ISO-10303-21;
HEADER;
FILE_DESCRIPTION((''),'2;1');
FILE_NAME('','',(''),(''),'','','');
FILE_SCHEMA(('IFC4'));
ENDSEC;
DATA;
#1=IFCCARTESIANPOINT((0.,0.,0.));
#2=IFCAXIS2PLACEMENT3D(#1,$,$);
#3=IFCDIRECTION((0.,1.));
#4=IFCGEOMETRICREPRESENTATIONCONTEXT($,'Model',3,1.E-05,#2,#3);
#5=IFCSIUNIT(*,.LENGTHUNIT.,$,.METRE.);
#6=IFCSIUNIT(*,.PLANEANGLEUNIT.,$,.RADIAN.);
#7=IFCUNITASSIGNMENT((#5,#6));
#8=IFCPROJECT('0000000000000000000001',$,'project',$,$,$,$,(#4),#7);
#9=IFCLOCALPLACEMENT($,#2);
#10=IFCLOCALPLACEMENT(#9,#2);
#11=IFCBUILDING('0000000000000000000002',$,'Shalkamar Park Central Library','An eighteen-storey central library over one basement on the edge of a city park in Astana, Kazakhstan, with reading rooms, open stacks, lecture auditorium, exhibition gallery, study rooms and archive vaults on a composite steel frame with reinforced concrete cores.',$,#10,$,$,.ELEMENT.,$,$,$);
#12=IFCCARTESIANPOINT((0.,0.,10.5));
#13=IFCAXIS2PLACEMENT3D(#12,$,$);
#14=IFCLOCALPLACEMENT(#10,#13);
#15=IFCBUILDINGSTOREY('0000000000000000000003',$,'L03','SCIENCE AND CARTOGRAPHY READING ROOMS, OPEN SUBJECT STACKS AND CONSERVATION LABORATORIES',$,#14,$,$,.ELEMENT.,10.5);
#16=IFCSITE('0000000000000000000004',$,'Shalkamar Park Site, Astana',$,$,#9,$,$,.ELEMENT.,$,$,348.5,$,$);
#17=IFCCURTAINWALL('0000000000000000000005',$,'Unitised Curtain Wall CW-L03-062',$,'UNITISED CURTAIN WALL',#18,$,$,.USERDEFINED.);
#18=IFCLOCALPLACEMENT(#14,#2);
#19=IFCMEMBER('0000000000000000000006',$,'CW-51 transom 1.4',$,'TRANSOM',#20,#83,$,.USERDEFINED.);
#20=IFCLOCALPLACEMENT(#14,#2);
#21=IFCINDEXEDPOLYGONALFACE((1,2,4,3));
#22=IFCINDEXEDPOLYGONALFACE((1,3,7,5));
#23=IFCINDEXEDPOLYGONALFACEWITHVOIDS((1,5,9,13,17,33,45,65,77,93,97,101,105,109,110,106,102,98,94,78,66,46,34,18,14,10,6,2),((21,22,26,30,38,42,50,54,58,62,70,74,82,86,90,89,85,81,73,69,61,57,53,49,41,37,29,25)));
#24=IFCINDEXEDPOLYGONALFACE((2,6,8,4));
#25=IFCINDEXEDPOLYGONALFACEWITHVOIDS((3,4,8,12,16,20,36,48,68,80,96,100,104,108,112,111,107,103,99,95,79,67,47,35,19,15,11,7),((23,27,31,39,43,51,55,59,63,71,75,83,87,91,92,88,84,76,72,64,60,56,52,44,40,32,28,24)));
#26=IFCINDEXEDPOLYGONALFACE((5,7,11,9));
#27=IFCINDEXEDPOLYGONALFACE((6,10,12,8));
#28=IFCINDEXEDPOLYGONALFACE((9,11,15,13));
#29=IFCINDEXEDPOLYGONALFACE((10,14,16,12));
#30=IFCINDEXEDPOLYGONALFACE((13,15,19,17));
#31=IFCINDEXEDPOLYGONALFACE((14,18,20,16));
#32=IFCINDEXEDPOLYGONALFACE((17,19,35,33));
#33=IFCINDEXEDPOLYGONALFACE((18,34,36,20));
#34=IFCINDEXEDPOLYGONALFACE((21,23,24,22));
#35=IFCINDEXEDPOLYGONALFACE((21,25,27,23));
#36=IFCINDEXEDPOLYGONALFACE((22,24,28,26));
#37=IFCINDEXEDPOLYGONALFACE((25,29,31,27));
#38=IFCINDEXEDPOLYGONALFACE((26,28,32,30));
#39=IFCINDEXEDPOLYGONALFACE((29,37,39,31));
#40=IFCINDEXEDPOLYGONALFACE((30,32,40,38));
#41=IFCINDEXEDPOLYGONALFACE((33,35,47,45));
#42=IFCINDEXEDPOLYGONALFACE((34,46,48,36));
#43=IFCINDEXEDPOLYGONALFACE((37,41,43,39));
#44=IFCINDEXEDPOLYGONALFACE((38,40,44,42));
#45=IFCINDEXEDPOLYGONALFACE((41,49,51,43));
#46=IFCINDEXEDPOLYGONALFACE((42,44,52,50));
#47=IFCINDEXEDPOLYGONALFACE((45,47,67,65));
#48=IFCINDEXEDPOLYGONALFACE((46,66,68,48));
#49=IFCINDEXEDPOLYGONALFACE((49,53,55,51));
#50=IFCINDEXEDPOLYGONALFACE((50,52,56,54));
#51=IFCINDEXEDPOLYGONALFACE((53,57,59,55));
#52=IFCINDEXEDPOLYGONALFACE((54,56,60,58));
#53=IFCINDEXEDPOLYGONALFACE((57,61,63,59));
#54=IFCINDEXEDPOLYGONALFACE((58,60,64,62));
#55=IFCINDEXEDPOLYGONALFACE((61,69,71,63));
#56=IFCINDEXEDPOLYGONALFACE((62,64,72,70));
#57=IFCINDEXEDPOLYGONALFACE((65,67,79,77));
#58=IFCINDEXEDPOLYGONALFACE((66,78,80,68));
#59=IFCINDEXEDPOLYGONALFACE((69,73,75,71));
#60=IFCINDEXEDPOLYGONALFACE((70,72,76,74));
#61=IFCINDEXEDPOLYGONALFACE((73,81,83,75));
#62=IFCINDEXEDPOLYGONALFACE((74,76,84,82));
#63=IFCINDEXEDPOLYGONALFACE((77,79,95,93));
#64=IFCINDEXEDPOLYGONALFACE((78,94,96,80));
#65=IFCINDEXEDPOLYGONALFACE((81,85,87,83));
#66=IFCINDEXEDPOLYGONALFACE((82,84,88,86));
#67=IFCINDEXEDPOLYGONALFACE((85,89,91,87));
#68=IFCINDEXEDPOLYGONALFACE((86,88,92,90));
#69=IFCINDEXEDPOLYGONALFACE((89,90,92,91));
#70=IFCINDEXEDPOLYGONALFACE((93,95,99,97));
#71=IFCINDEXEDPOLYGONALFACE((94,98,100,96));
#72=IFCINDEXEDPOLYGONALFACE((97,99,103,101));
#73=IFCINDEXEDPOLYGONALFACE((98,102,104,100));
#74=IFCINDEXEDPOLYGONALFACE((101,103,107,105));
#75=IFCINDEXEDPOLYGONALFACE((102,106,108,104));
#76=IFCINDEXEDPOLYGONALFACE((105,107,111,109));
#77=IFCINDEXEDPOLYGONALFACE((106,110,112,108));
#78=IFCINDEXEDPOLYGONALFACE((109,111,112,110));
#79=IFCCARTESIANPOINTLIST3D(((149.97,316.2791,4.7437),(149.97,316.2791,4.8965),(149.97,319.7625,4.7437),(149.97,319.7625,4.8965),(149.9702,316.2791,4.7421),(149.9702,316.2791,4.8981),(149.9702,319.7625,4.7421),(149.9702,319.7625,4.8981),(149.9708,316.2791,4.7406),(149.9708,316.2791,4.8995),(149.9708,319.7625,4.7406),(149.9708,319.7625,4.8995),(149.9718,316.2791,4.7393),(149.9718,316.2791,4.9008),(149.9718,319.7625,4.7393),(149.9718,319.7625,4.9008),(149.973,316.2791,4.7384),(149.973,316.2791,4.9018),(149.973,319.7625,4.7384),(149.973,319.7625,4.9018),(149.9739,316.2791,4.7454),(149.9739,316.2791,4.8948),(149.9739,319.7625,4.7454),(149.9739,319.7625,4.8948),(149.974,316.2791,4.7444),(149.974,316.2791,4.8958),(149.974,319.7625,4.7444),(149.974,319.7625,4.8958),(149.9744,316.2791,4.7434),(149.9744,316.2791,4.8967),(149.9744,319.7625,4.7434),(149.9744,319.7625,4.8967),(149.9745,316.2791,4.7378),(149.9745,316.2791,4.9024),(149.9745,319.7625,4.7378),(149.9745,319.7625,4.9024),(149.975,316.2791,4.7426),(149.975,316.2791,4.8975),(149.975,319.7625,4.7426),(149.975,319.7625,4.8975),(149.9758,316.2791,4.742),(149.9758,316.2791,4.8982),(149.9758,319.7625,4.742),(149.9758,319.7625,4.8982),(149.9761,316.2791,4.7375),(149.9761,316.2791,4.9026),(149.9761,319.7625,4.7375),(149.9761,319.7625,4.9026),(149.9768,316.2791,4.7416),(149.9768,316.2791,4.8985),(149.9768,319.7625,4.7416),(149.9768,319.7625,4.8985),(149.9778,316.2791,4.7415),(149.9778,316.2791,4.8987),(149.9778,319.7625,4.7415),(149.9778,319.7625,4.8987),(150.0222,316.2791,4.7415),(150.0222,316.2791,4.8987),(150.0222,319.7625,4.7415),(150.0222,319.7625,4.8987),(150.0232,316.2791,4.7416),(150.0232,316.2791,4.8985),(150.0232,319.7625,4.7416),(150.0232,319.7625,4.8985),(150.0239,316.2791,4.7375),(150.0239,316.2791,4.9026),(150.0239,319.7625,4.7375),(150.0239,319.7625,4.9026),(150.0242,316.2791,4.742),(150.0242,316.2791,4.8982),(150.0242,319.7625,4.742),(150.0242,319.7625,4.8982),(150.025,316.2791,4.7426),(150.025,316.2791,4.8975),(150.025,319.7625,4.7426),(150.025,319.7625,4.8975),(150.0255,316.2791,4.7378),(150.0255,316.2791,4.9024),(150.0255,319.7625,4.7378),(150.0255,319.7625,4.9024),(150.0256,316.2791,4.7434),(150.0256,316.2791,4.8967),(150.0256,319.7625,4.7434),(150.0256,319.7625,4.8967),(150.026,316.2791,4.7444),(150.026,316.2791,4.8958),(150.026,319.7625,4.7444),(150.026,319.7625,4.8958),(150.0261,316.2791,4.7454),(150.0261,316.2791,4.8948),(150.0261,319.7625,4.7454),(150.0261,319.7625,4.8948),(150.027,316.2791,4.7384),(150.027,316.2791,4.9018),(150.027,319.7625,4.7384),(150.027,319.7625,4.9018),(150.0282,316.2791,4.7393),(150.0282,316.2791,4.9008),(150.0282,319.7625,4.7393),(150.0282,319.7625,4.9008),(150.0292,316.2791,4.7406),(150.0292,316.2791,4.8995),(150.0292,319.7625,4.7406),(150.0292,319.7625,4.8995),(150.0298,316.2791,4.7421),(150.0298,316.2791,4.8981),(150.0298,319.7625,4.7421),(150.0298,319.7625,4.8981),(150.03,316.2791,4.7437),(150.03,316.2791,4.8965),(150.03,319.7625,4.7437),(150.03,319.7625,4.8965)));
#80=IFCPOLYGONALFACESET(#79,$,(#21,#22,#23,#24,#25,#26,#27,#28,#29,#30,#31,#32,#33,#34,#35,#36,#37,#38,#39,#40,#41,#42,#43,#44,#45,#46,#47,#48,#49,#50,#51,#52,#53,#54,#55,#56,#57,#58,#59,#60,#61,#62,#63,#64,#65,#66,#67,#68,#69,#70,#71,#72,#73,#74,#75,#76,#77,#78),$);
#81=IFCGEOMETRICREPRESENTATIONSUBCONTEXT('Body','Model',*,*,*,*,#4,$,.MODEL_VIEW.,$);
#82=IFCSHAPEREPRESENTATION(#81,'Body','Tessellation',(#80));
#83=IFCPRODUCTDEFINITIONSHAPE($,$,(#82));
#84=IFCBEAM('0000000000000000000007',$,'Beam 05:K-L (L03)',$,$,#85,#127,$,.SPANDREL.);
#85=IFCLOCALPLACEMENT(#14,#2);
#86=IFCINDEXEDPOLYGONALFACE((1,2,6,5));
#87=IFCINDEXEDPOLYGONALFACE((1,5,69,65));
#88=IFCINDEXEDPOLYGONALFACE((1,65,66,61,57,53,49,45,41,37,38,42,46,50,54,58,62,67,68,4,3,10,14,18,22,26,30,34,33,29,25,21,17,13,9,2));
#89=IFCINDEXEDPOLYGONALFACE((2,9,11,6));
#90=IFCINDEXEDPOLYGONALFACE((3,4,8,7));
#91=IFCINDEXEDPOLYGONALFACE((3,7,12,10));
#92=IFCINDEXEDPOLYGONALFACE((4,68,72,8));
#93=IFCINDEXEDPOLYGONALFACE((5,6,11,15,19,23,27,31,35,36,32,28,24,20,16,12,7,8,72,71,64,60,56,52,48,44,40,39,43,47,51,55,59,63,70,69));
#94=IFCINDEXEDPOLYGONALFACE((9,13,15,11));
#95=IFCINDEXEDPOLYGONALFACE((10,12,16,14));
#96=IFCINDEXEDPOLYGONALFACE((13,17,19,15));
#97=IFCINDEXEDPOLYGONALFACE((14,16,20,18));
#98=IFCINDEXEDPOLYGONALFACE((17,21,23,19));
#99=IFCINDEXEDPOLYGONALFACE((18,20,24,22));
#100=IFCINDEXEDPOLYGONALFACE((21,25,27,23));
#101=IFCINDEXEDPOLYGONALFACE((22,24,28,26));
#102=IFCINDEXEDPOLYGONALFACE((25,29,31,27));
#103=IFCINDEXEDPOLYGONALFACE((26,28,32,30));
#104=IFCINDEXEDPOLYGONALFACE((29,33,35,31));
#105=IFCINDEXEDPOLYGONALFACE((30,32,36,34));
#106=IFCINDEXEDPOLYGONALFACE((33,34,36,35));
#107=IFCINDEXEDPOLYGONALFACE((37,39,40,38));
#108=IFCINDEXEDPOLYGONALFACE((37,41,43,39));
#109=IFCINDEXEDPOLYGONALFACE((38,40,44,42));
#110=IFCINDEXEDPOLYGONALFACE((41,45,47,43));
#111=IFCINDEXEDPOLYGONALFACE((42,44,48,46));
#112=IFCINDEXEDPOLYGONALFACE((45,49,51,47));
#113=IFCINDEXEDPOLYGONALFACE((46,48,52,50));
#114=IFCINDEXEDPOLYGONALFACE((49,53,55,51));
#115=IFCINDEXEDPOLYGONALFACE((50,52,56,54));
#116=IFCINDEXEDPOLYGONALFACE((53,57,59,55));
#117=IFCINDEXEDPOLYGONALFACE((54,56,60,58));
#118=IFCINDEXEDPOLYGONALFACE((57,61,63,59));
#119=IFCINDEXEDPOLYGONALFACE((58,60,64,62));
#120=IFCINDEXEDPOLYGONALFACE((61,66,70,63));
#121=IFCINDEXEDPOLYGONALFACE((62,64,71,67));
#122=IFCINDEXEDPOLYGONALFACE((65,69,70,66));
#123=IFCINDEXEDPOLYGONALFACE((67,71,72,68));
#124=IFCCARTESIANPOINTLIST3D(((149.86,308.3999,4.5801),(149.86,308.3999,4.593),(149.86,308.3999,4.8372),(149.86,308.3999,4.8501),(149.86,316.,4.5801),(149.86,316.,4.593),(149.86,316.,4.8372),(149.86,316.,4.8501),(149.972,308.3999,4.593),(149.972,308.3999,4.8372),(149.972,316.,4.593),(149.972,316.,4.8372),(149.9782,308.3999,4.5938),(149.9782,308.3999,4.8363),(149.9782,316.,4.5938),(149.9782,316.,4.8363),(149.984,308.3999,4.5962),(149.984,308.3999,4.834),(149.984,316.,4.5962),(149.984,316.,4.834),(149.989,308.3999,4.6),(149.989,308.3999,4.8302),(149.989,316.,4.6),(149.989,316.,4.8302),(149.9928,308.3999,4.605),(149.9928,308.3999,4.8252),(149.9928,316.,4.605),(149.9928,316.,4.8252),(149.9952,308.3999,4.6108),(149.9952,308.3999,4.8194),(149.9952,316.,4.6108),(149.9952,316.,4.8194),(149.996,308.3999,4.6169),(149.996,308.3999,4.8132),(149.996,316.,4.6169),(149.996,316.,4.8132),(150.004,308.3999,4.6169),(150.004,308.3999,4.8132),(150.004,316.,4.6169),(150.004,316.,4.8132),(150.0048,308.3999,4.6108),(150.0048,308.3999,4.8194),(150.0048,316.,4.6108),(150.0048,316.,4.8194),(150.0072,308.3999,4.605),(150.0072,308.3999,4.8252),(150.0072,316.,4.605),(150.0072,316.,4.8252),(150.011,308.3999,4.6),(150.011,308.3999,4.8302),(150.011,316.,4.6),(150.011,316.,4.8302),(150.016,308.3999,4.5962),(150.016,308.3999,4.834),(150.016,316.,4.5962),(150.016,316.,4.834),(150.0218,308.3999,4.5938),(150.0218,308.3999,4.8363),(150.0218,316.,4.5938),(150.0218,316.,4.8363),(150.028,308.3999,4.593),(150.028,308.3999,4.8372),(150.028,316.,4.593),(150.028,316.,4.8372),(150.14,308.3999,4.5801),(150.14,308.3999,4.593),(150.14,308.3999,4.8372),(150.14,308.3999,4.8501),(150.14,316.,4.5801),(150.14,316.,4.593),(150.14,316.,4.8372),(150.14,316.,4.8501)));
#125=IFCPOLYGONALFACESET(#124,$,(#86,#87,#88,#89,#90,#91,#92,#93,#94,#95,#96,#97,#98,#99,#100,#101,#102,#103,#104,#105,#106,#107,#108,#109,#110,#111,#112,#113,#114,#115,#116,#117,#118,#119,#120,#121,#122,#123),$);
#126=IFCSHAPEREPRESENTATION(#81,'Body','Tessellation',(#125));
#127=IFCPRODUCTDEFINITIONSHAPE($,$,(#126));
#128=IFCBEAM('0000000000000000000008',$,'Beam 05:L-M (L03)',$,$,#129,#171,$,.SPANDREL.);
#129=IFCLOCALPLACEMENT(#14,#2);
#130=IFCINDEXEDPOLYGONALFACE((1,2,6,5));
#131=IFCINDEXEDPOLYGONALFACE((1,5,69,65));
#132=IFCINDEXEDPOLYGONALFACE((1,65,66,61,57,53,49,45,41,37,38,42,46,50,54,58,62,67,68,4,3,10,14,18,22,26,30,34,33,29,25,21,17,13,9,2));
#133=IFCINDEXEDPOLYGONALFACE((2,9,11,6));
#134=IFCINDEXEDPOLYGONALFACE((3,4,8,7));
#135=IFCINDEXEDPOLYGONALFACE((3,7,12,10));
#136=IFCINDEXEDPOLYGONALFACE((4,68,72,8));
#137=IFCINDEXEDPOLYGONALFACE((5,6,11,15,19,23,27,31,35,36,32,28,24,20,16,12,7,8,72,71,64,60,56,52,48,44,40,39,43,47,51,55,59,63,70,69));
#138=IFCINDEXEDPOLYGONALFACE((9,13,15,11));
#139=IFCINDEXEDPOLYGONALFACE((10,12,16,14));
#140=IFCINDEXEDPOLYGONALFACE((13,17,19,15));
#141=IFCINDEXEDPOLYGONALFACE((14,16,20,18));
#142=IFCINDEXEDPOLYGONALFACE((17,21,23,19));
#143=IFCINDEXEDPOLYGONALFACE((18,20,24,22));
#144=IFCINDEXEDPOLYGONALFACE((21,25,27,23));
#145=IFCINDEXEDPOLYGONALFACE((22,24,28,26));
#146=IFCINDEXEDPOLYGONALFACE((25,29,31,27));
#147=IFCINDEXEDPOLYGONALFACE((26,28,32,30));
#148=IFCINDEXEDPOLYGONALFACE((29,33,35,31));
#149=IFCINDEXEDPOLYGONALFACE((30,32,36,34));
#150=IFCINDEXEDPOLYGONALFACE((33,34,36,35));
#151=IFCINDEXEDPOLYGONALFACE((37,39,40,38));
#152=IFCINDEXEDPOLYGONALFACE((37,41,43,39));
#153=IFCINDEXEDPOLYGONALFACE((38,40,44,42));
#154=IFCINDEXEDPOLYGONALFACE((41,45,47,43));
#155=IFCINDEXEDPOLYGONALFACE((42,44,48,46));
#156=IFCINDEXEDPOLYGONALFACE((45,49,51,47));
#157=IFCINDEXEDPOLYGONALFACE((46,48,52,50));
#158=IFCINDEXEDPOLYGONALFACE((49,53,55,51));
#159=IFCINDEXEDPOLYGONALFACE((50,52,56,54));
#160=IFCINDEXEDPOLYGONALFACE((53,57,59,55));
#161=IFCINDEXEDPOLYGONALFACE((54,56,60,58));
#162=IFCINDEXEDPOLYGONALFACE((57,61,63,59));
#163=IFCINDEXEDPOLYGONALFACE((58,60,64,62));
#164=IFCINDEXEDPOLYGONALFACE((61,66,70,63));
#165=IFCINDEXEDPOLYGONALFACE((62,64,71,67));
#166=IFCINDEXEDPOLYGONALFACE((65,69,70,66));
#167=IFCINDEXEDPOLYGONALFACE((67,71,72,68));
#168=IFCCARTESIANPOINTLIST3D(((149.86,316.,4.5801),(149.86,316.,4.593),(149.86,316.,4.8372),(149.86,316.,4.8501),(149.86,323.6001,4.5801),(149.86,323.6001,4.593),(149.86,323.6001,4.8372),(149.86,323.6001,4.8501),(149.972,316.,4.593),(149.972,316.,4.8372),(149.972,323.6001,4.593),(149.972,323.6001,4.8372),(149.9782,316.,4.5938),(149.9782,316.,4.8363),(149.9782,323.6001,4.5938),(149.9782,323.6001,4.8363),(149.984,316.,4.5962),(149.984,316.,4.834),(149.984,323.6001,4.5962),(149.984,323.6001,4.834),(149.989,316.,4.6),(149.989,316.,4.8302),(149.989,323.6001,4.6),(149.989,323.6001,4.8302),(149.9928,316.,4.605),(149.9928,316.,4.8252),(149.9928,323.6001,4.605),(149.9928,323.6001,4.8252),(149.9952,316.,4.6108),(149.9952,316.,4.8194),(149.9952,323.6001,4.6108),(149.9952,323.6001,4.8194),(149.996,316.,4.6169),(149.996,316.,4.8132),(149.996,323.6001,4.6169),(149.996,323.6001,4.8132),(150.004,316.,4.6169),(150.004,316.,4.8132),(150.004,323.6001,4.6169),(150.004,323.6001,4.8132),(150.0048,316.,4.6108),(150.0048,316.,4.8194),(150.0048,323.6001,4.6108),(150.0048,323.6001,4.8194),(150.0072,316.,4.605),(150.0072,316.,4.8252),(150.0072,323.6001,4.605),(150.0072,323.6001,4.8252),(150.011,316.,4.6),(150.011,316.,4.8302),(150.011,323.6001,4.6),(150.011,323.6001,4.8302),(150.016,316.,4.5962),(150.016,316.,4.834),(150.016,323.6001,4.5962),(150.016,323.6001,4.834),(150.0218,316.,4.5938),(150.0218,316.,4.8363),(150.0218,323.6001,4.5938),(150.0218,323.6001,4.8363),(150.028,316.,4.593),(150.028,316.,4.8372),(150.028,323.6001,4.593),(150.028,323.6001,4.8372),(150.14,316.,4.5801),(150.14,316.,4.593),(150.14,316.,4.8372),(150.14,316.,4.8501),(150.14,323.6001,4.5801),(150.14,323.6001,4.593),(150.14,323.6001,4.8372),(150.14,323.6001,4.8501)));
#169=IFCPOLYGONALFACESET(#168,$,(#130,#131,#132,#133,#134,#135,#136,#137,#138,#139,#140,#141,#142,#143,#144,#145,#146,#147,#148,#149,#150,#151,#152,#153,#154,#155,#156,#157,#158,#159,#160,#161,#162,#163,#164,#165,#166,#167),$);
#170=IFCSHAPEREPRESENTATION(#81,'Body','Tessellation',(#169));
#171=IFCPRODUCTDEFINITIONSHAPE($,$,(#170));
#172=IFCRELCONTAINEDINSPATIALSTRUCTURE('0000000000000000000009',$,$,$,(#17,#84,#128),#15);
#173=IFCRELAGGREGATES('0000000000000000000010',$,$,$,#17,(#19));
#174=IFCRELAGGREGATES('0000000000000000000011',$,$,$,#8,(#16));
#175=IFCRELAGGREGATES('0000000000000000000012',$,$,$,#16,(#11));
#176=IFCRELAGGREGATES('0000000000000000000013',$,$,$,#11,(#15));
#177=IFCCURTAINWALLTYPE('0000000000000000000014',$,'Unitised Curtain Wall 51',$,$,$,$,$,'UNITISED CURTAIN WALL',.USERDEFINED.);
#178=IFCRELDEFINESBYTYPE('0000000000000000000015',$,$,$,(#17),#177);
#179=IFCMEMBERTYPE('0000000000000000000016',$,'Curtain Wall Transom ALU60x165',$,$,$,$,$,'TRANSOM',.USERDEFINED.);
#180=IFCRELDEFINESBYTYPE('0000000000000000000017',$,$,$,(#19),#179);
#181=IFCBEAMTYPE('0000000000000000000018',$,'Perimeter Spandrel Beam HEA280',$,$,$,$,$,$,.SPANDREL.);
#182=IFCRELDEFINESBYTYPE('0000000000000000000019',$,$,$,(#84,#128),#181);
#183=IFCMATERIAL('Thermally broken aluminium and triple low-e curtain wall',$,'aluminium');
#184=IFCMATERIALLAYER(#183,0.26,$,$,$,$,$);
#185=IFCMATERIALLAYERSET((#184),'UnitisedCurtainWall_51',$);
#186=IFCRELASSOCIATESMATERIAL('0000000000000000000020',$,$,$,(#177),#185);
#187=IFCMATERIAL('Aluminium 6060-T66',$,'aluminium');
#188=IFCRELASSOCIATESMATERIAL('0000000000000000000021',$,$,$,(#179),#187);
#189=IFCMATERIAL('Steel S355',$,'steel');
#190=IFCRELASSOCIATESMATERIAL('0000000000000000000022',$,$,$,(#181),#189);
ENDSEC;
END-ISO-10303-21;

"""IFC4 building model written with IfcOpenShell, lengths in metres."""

from ifc_helpers import new_model, si_unit, direction, frame, origin, origin_2d, place, context, subcontext, project, spatial, hollow_rectangle, i_section, extrude, material, layer, layer_set, material_profile, profile_set, type_object, element, aggregate, save


model = new_model("IFC4")

# Units and contexts
model_context = context("Model", 3, precision=1e-05, world=origin(), true_north=direction((0.0, 1.0)))
body_context = subcontext(model_context, "Body", "Model", "MODEL_VIEW")
ifc_project = project(units=[si_unit("LENGTHUNIT", "METRE"), si_unit("PLANEANGLEUNIT", "RADIAN")], contexts=[model_context])

# Site, building, storey
site_placement = place(None, origin())
site = spatial("IfcSite", under=ifc_project, at=site_placement, Name="Shalkamar Park Site, Astana", CompositionType="ELEMENT", RefElevation=348.5)
building_placement = place(site_placement, origin())
building = spatial("IfcBuilding", under=site, at=building_placement, Name="Shalkamar Park Central Library", Description="An eighteen-storey central library over one basement on the edge of a city park in Astana, Kazakhstan, with reading rooms, open stacks, lecture auditorium, exhibition gallery, study rooms and archive vaults on a composite steel frame with reinforced concrete cores.", CompositionType="ELEMENT")
storey_placement = place(building_placement, frame((0.0, 0.0, 10.5)))
storey = spatial("IfcBuildingStorey", under=building, at=storey_placement, Name="L03", Description="SCIENCE AND CARTOGRAPHY READING ROOMS, OPEN SUBJECT STACKS AND CONSERVATION LABORATORIES", CompositionType="ELEMENT", Elevation=10.5)

# Shared definitions
ifc_material_1 = material(Name="Steel S355", Category="steel")

# Curtain wall, member
ifc_material_2 = material(Name="Thermally broken aluminium and triple low-e curtain wall", Category="aluminium")
ifc_layer_1 = layer(ifc_material_2, 0.26)
ifc_layer_set_1 = layer_set([ifc_layer_1], Name="UnitisedCurtainWall_51")
curtain_wall_type = type_object("IfcCurtainWallType", Name="Unitised Curtain Wall 51", ElementType="UNITISED CURTAIN WALL", PredefinedType="USERDEFINED", material=ifc_layer_set_1)
curtain_wall_placement = place(storey_placement, origin())
curtain_wall = element("IfcCurtainWall", 1, at=curtain_wall_placement, inside=storey, type_object=curtain_wall_type, Name="Unitised Curtain Wall CW-L03-062", ObjectType="UNITISED CURTAIN WALL", PredefinedType="USERDEFINED")
ifc_material_3 = material(Name="Aluminium 6060-T66", Category="aluminium")
ifc_material_profile_1 = material_profile(ifc_material_3, hollow_rectangle(XDim=0.0601, YDim=0.165, WallThickness=0.0039, InnerFilletRadius=0.0039, OuterFilletRadius=0.0061, at=origin_2d()), Name="ALU 60x165x4")
ifc_profile_set_1 = profile_set([ifc_material_profile_1], Name="Aluminium 6060-T66")
member_type_1 = type_object("IfcMemberType", Name="Curtain Wall Transom ALU60x165", ElementType="TRANSOM", PredefinedType="USERDEFINED", material=ifc_profile_set_1)
member_1_placement = place(storey_placement, frame((150.0, 316.2791, 4.8201), z_axis=(0.0, 1.0, 0.0), x_axis=(-1.0, 0.0, 0.0)))
member_1 = element("IfcMember", 2, at=member_1_placement, type_object=member_type_1, Name="CW-51 transom 1.4", ObjectType="TRANSOM", PredefinedType="USERDEFINED", context=body_context, shape_type="SweptSolid", body=[
    extrude(hollow_rectangle(XDim=0.0601, YDim=0.165, WallThickness=0.0039, InnerFilletRadius=0.0039, OuterFilletRadius=0.0061, at=origin_2d()), origin(), (0.0, 0.0, 1.0), 3.4834),
])
aggregate(curtain_wall, [member_1])

# Beams
ifc_material_profile_2 = material_profile(ifc_material_1, i_section(OverallWidth=0.28, OverallDepth=0.27, WebThickness=0.0081, FlangeThickness=0.0129, FilletRadius=0.0239, at=origin_2d()), Name="HEA 280")
ifc_profile_set_2 = profile_set([ifc_material_profile_2], Name="Steel S355")
beam_type_1 = type_object("IfcBeamType", Name="Perimeter Spandrel Beam HEA280", PredefinedType="SPANDREL", material=ifc_profile_set_2)
for number, where, z_axis, x_axis, name in (
    (3, (150.0, 308.3999, 4.7151), (0.0, 1.0, 0.0), (-1.0, 0.0, 0.0), "Beam 05:K-L (L03)"),
    (4, (150.0, 316.0, 4.7151), (0.0, 1.0, 0.0), (-1.0, 0.0, 0.0), "Beam 05:L-M (L03)"),
):
    element("IfcBeam", number, at=place(storey_placement, frame(where, z_axis=z_axis, x_axis=x_axis)), inside=storey, type_object=beam_type_1, Name=name, PredefinedType="SPANDREL", context=body_context, shape_type="SweptSolid", body=[
        extrude(i_section(OverallWidth=0.28, OverallDepth=0.27, WebThickness=0.0081, FlangeThickness=0.0129, FilletRadius=0.0239, at=origin_2d()), origin(), (0.0, 0.0, 1.0), 7.6001),
    ])

save(model, "model.ifc")
